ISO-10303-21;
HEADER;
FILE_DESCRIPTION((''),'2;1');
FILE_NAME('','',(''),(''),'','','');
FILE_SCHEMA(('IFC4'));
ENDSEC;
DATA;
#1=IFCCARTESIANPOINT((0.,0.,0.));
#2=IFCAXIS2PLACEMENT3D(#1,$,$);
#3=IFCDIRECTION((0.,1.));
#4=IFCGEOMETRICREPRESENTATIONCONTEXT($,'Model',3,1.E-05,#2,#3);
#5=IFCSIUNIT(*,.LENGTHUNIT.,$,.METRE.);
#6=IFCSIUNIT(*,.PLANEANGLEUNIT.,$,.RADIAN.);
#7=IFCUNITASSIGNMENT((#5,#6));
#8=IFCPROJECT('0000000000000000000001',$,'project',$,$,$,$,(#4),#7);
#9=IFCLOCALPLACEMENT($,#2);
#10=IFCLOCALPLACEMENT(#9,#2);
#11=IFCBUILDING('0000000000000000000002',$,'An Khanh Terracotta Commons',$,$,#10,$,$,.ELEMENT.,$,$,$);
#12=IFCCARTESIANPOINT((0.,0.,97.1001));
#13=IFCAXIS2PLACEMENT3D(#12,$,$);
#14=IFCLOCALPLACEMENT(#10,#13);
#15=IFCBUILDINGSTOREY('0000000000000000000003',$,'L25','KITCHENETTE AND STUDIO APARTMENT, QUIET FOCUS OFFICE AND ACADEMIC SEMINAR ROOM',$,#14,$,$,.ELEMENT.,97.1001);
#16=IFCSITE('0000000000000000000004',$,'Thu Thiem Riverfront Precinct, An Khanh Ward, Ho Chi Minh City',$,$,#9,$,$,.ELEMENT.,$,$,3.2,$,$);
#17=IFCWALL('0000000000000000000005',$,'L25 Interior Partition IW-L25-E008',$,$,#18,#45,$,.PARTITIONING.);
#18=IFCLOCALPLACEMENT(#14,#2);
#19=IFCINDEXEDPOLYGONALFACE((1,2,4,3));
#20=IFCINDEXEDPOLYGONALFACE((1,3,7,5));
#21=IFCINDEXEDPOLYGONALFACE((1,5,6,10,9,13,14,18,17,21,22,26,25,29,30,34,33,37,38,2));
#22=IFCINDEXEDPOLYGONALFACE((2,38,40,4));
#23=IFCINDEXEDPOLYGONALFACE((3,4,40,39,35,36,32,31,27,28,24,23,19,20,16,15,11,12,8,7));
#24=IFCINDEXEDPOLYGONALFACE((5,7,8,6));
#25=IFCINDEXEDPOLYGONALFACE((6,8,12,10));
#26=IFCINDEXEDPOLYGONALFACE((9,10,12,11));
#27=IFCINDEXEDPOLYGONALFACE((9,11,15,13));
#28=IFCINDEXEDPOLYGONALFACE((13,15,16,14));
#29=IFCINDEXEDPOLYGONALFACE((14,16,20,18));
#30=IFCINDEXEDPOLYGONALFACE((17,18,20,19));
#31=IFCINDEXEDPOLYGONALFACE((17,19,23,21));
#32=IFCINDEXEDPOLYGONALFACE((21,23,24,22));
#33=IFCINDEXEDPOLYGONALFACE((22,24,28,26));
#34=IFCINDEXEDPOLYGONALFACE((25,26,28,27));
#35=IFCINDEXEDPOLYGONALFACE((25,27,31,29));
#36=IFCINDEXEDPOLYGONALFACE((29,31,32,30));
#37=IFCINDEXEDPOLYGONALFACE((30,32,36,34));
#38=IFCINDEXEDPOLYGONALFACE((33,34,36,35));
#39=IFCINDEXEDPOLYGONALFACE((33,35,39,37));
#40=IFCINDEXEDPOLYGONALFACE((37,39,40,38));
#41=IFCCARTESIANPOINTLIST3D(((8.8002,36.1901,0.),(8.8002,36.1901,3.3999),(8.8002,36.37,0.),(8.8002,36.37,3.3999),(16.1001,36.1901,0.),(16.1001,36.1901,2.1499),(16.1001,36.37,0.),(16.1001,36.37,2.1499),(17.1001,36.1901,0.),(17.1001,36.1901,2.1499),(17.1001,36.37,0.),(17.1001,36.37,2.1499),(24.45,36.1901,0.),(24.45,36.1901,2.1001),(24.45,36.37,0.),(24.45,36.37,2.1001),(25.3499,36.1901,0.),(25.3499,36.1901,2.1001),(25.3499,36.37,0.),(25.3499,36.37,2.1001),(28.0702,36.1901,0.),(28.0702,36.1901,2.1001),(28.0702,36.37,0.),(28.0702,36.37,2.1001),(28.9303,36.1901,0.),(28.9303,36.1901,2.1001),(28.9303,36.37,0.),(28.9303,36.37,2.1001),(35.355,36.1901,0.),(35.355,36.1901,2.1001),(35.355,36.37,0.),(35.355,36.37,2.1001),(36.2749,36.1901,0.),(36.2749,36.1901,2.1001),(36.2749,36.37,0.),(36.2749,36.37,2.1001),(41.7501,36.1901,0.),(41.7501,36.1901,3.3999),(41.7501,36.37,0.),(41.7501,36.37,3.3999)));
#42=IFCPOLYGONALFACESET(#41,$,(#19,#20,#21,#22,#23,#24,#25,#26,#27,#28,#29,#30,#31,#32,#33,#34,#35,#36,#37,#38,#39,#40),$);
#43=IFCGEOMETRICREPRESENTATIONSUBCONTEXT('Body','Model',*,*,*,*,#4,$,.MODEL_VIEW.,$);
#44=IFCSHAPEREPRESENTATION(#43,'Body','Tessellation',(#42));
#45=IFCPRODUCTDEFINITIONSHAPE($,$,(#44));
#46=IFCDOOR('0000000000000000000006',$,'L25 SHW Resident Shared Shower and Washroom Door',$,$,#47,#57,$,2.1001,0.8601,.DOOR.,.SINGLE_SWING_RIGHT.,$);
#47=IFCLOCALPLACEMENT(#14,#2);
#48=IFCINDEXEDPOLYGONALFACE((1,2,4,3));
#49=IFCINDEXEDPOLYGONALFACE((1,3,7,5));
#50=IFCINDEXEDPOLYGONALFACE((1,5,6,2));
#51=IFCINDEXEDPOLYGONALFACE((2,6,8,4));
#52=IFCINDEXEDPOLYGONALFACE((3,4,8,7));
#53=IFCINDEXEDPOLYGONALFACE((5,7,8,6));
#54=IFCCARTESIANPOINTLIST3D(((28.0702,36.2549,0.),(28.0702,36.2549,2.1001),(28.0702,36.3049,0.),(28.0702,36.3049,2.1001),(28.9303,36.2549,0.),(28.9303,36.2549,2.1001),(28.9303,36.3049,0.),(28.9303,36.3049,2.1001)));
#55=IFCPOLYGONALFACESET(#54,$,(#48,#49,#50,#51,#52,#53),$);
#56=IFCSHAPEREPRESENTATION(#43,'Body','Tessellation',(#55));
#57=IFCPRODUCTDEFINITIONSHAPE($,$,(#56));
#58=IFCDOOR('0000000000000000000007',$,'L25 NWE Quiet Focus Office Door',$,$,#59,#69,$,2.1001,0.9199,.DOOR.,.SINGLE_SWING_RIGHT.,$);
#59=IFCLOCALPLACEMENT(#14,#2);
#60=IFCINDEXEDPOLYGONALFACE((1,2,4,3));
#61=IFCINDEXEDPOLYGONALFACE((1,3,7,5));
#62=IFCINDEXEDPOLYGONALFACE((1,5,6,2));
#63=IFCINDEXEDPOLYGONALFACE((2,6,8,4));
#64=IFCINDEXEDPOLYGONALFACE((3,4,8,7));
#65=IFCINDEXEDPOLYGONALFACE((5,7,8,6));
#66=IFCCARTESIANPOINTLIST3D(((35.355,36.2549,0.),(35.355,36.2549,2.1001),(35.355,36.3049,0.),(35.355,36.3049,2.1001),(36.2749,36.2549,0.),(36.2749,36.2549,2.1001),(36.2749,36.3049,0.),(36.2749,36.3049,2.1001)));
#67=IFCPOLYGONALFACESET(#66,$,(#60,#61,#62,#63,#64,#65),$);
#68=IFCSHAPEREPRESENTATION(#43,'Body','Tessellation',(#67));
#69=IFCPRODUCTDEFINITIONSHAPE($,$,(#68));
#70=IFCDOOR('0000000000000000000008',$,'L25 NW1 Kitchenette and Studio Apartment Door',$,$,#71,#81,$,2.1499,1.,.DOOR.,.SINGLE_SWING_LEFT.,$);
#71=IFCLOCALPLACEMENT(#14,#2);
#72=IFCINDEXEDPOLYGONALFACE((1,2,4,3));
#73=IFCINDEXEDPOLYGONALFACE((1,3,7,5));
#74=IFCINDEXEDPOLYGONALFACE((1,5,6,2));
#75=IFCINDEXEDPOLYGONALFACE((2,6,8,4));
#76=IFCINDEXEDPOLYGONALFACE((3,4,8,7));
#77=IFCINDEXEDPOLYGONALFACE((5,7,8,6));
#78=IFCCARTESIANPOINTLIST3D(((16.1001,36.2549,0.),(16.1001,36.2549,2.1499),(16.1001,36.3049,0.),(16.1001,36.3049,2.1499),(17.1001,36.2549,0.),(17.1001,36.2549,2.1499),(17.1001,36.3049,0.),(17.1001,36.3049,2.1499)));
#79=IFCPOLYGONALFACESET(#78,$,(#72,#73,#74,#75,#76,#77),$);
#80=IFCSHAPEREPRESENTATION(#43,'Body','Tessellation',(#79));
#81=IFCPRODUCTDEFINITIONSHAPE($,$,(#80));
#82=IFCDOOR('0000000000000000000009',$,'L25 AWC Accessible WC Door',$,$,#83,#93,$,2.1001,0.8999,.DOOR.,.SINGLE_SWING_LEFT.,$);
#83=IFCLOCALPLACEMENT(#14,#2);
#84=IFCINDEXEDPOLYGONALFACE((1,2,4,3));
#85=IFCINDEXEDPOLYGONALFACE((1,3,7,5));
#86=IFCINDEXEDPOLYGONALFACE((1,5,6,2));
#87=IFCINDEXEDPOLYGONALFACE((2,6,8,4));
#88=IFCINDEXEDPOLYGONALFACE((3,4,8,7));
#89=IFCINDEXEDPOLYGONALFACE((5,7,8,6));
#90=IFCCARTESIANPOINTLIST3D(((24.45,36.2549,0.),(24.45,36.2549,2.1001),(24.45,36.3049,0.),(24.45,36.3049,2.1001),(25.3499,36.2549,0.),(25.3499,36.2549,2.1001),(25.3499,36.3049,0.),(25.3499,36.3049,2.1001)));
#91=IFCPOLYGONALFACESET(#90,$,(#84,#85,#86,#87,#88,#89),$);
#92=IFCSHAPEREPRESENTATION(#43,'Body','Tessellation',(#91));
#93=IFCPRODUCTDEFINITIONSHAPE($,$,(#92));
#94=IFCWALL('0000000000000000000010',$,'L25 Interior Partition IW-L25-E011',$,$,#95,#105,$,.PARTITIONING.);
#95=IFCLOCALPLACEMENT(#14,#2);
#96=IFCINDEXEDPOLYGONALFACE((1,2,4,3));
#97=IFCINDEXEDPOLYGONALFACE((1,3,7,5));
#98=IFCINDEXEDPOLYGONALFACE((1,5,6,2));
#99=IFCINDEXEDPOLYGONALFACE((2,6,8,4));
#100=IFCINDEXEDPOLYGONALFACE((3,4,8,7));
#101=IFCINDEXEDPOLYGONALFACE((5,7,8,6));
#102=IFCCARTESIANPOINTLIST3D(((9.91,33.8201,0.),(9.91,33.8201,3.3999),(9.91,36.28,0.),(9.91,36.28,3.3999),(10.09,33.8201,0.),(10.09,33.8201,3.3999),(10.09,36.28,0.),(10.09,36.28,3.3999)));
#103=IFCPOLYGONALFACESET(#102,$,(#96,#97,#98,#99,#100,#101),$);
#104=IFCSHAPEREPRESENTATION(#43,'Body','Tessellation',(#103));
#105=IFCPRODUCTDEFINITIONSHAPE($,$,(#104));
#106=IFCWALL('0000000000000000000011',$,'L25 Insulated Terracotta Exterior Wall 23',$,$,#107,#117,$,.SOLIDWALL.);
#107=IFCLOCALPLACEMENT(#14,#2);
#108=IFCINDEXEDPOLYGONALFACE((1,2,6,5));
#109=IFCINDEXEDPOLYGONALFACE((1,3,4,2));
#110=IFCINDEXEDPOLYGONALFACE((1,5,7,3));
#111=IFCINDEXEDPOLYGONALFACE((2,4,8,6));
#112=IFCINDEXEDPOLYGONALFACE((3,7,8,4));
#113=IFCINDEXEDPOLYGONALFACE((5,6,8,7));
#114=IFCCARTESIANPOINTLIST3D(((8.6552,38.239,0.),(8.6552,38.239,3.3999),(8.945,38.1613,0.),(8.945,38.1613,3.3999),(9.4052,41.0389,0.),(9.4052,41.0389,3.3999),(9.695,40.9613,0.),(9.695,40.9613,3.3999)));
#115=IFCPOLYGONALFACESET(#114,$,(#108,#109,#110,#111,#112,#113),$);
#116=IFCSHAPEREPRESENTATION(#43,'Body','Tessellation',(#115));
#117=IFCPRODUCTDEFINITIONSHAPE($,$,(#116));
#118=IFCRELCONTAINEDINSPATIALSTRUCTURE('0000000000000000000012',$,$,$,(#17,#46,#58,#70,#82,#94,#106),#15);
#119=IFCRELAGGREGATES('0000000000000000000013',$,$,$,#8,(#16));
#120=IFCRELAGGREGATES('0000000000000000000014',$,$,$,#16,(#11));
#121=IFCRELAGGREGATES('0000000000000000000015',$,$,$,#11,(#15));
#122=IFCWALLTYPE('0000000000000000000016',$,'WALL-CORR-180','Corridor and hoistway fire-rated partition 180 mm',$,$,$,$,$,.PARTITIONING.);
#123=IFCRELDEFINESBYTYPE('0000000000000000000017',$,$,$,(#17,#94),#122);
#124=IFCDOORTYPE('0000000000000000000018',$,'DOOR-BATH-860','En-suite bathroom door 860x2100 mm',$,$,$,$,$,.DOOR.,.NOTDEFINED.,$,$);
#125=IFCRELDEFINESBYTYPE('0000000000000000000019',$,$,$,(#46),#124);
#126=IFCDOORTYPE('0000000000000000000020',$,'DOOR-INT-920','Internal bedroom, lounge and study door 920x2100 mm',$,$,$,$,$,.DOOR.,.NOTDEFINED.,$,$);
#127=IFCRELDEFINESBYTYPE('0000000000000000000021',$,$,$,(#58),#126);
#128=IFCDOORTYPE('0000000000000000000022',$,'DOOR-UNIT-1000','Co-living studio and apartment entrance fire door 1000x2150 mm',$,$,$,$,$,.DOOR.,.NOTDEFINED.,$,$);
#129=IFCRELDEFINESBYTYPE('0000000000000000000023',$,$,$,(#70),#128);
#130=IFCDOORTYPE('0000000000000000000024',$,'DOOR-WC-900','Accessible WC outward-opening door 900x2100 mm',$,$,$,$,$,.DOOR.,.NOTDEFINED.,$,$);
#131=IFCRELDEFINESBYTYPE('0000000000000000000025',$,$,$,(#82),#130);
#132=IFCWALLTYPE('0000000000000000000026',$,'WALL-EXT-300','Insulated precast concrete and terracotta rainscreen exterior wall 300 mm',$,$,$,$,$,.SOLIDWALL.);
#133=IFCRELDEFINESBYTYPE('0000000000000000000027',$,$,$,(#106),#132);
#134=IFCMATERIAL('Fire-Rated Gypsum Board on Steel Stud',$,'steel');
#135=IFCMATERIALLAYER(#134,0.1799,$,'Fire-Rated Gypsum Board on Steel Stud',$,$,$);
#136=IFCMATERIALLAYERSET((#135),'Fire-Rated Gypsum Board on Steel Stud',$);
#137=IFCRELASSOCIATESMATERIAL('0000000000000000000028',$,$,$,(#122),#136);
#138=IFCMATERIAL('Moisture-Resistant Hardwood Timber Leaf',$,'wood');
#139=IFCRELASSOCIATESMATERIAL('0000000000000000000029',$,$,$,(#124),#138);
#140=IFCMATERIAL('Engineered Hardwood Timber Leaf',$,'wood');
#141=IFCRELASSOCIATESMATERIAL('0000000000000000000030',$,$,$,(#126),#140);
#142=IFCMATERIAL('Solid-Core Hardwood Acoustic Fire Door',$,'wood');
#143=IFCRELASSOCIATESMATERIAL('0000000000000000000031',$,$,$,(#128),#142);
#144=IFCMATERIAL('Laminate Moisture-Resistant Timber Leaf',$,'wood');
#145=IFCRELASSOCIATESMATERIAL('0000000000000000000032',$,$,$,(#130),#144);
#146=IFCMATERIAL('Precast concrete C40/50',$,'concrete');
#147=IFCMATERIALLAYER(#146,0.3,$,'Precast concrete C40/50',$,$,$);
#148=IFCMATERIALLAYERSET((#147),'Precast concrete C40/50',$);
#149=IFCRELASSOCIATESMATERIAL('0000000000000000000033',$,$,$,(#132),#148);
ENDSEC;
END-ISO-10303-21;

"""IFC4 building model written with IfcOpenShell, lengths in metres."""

from ifc_helpers import new_model, si_unit, direction, frame, frame_2d, origin, place, context, subcontext, project, spatial, rectangle, extrude, material, layer, layer_set, type_object, element, fill, save


model = new_model("IFC4")

# Units and contexts
model_context = context("Model", 3, precision=1e-05, world=origin(), true_north=direction((0.0, 1.0)))
body_context = subcontext(model_context, "Body", "Model", "MODEL_VIEW")
ifc_project = project(units=[si_unit("LENGTHUNIT", "METRE"), si_unit("PLANEANGLEUNIT", "RADIAN")], contexts=[model_context])

# Site, building, storey
site_placement = place(None, origin())
site = spatial("IfcSite", under=ifc_project, at=site_placement, Name="Thu Thiem Riverfront Precinct, An Khanh Ward, Ho Chi Minh City", CompositionType="ELEMENT", RefElevation=3.2)
building_placement = place(site_placement, origin())
building = spatial("IfcBuilding", under=site, at=building_placement, Name="An Khanh Terracotta Commons", CompositionType="ELEMENT")
storey_placement = place(building_placement, frame((0.0, 0.0, 97.1001)))
storey = spatial("IfcBuildingStorey", under=building, at=storey_placement, Name="L25", Description="KITCHENETTE AND STUDIO APARTMENT, QUIET FOCUS OFFICE AND ACADEMIC SEMINAR ROOM", CompositionType="ELEMENT", Elevation=97.1001)

# Wall, openings, doors
ifc_material_1 = material(Name="Fire-Rated Gypsum Board on Steel Stud", Category="steel")
ifc_layer_1 = layer(ifc_material_1, 0.1799, Name="Fire-Rated Gypsum Board on Steel Stud")
ifc_layer_set_1 = layer_set([ifc_layer_1], Name="Fire-Rated Gypsum Board on Steel Stud")
wall_type_1 = type_object("IfcWallType", Name="WALL-CORR-180", Description="Corridor and hoistway fire-rated partition 180 mm", PredefinedType="PARTITIONING", material=ifc_layer_set_1)
wall_1_placement = place(storey_placement, frame((8.8, 36.28, 0.0), z_axis=(0.0, 0.0, 1.0), x_axis=(1.0, 0.0, 0.0)))
wall_1 = element("IfcWall", 1, at=wall_1_placement, inside=storey, type_object=wall_type_1, Name="L25 Interior Partition IW-L25-E008", PredefinedType="PARTITIONING", context=body_context, shape_type="SweptSolid", body=[
    extrude(rectangle(XDim=32.95, YDim=0.1799, at=frame_2d((16.4751, 0.0))), origin(), (0.0, 0.0, 1.0), 3.3999),
])
opening_1_placement = place(wall_1_placement, frame((15.6499, 0.0, 0.0)))
opening_1 = element("IfcOpeningElement", 2, at=opening_1_placement, cuts=wall_1, PredefinedType="OPENING", context=body_context, shape_type="SweptSolid", body=[
    extrude(rectangle(XDim=0.8999, YDim=2.1001, at=frame_2d((0.45, 1.05))), frame((0.0, 0.0999, 0.0), z_axis=(0.0, -1.0, 0.0), x_axis=(1.0, 0.0, 0.0)), (0.0, 0.0, 1.0), 0.2),
])
opening_2_placement = place(wall_1_placement, frame((19.27, 0.0, 0.0)))
opening_2 = element("IfcOpeningElement", 3, at=opening_2_placement, cuts=wall_1, PredefinedType="OPENING", context=body_context, shape_type="SweptSolid", body=[
    extrude(rectangle(XDim=0.8601, YDim=2.1001, at=frame_2d((0.4302, 1.05))), frame((0.0, 0.0999, 0.0), z_axis=(0.0, -1.0, 0.0), x_axis=(1.0, 0.0, 0.0)), (0.0, 0.0, 1.0), 0.2),
])
opening_3_placement = place(wall_1_placement, frame((7.3, 0.0, 0.0)))
opening_3 = element("IfcOpeningElement", 4, at=opening_3_placement, cuts=wall_1, PredefinedType="OPENING", context=body_context, shape_type="SweptSolid", body=[
    extrude(rectangle(XDim=1.0, YDim=2.1499, at=frame_2d((0.5, 1.075))), frame((0.0, 0.0999, 0.0), z_axis=(0.0, -1.0, 0.0), x_axis=(1.0, 0.0, 0.0)), (0.0, 0.0, 1.0), 0.2),
])
opening_4_placement = place(wall_1_placement, frame((26.5549, 0.0, 0.0)))
opening_4 = element("IfcOpeningElement", 5, at=opening_4_placement, cuts=wall_1, PredefinedType="OPENING", context=body_context, shape_type="SweptSolid", body=[
    extrude(rectangle(XDim=0.9199, YDim=2.1001, at=frame_2d((0.46, 1.05))), frame((0.0, 0.0999, 0.0), z_axis=(0.0, -1.0, 0.0), x_axis=(1.0, 0.0, 0.0)), (0.0, 0.0, 1.0), 0.2),
])
ifc_material_2 = material(Name="Moisture-Resistant Hardwood Timber Leaf", Category="wood")
door_type_1 = type_object("IfcDoorType", Name="DOOR-BATH-860", Description="En-suite bathroom door 860x2100 mm", OperationType="NOTDEFINED", PredefinedType="DOOR", material=ifc_material_2)
door_1_placement = place(opening_2_placement, origin())
door_1 = element("IfcDoor", 6, at=door_1_placement, inside=storey, type_object=door_type_1, Name="L25 SHW Resident Shared Shower and Washroom Door", OperationType="SINGLE_SWING_RIGHT", OverallHeight=2.1001, OverallWidth=0.8601, PredefinedType="DOOR", context=body_context, shape_type="SweptSolid", body=[
    extrude(rectangle(XDim=0.8601, YDim=2.1001, at=frame_2d((0.4302, 1.05))), frame((0.0, 0.0249, 0.0), z_axis=(0.0, -1.0, 0.0), x_axis=(1.0, 0.0, 0.0)), (0.0, 0.0, 1.0), 0.05),
])
fill(opening_2, door_1)
ifc_material_3 = material(Name="Engineered Hardwood Timber Leaf", Category="wood")
door_type_2 = type_object("IfcDoorType", Name="DOOR-INT-920", Description="Internal bedroom, lounge and study door 920x2100 mm", OperationType="NOTDEFINED", PredefinedType="DOOR", material=ifc_material_3)
door_2_placement = place(opening_4_placement, origin())
door_2 = element("IfcDoor", 7, at=door_2_placement, inside=storey, type_object=door_type_2, Name="L25 NWE Quiet Focus Office Door", OperationType="SINGLE_SWING_RIGHT", OverallHeight=2.1001, OverallWidth=0.9199, PredefinedType="DOOR", context=body_context, shape_type="SweptSolid", body=[
    extrude(rectangle(XDim=0.9199, YDim=2.1001, at=frame_2d((0.46, 1.05))), frame((0.0, 0.0249, 0.0), z_axis=(0.0, -1.0, 0.0), x_axis=(1.0, 0.0, 0.0)), (0.0, 0.0, 1.0), 0.05),
])
fill(opening_4, door_2)
ifc_material_4 = material(Name="Solid-Core Hardwood Acoustic Fire Door", Category="wood")
door_type_3 = type_object("IfcDoorType", Name="DOOR-UNIT-1000", Description="Co-living studio and apartment entrance fire door 1000x2150 mm", OperationType="NOTDEFINED", PredefinedType="DOOR", material=ifc_material_4)
door_3_placement = place(opening_3_placement, origin())
door_3 = element("IfcDoor", 8, at=door_3_placement, inside=storey, type_object=door_type_3, Name="L25 NW1 Kitchenette and Studio Apartment Door", OperationType="SINGLE_SWING_LEFT", OverallHeight=2.1499, OverallWidth=1.0, PredefinedType="DOOR", context=body_context, shape_type="SweptSolid", body=[
    extrude(rectangle(XDim=1.0, YDim=2.1499, at=frame_2d((0.5, 1.075))), frame((0.0, 0.0249, 0.0), z_axis=(0.0, -1.0, 0.0), x_axis=(1.0, 0.0, 0.0)), (0.0, 0.0, 1.0), 0.05),
])
fill(opening_3, door_3)
ifc_material_5 = material(Name="Laminate Moisture-Resistant Timber Leaf", Category="wood")
door_type_4 = type_object("IfcDoorType", Name="DOOR-WC-900", Description="Accessible WC outward-opening door 900x2100 mm", OperationType="NOTDEFINED", PredefinedType="DOOR", material=ifc_material_5)
door_4_placement = place(opening_1_placement, origin())
door_4 = element("IfcDoor", 9, at=door_4_placement, inside=storey, type_object=door_type_4, Name="L25 AWC Accessible WC Door", OperationType="SINGLE_SWING_LEFT", OverallHeight=2.1001, OverallWidth=0.8999, PredefinedType="DOOR", context=body_context, shape_type="SweptSolid", body=[
    extrude(rectangle(XDim=0.8999, YDim=2.1001, at=frame_2d((0.45, 1.05))), frame((0.0, 0.0249, 0.0), z_axis=(0.0, -1.0, 0.0), x_axis=(1.0, 0.0, 0.0)), (0.0, 0.0, 1.0), 0.05),
])
fill(opening_1, door_4)

# Walls
wall_2_placement = place(storey_placement, frame((10.0, 33.8201, 0.0), z_axis=(0.0, 0.0, 1.0), x_axis=(0.0, 1.0, 0.0)))
element("IfcWall", 10, at=wall_2_placement, inside=storey, type_object=wall_type_1, Name="L25 Interior Partition IW-L25-E011", PredefinedType="PARTITIONING", context=body_context, shape_type="SweptSolid", body=[
    extrude(rectangle(XDim=2.46, YDim=0.1799, at=frame_2d((1.23, 0.0))), origin(), (0.0, 0.0, 1.0), 3.3999),
])
ifc_material_6 = material(Name="Precast concrete C40/50", Category="concrete")
ifc_layer_2 = layer(ifc_material_6, 0.3, Name="Precast concrete C40/50")
ifc_layer_set_2 = layer_set([ifc_layer_2], Name="Precast concrete C40/50")
wall_type_2 = type_object("IfcWallType", Name="WALL-EXT-300", Description="Insulated precast concrete and terracotta rainscreen exterior wall 300 mm", PredefinedType="SOLIDWALL", material=ifc_layer_set_2)
wall_3_placement = place(storey_placement, frame((9.55, 41.0, 0.0), z_axis=(0.0, 0.0, 1.0), x_axis=(-0.258732, -0.965949, 0.0)))
element("IfcWall", 11, at=wall_3_placement, inside=storey, type_object=wall_type_2, Name="L25 Insulated Terracotta Exterior Wall 23", PredefinedType="SOLIDWALL", context=body_context, shape_type="SweptSolid", body=[
    extrude(rectangle(XDim=2.8987, YDim=0.3, at=frame_2d((1.4492, 0.0))), origin(), (0.0, 0.0, 1.0), 3.3999),
])

save(model, "model.ifc")
